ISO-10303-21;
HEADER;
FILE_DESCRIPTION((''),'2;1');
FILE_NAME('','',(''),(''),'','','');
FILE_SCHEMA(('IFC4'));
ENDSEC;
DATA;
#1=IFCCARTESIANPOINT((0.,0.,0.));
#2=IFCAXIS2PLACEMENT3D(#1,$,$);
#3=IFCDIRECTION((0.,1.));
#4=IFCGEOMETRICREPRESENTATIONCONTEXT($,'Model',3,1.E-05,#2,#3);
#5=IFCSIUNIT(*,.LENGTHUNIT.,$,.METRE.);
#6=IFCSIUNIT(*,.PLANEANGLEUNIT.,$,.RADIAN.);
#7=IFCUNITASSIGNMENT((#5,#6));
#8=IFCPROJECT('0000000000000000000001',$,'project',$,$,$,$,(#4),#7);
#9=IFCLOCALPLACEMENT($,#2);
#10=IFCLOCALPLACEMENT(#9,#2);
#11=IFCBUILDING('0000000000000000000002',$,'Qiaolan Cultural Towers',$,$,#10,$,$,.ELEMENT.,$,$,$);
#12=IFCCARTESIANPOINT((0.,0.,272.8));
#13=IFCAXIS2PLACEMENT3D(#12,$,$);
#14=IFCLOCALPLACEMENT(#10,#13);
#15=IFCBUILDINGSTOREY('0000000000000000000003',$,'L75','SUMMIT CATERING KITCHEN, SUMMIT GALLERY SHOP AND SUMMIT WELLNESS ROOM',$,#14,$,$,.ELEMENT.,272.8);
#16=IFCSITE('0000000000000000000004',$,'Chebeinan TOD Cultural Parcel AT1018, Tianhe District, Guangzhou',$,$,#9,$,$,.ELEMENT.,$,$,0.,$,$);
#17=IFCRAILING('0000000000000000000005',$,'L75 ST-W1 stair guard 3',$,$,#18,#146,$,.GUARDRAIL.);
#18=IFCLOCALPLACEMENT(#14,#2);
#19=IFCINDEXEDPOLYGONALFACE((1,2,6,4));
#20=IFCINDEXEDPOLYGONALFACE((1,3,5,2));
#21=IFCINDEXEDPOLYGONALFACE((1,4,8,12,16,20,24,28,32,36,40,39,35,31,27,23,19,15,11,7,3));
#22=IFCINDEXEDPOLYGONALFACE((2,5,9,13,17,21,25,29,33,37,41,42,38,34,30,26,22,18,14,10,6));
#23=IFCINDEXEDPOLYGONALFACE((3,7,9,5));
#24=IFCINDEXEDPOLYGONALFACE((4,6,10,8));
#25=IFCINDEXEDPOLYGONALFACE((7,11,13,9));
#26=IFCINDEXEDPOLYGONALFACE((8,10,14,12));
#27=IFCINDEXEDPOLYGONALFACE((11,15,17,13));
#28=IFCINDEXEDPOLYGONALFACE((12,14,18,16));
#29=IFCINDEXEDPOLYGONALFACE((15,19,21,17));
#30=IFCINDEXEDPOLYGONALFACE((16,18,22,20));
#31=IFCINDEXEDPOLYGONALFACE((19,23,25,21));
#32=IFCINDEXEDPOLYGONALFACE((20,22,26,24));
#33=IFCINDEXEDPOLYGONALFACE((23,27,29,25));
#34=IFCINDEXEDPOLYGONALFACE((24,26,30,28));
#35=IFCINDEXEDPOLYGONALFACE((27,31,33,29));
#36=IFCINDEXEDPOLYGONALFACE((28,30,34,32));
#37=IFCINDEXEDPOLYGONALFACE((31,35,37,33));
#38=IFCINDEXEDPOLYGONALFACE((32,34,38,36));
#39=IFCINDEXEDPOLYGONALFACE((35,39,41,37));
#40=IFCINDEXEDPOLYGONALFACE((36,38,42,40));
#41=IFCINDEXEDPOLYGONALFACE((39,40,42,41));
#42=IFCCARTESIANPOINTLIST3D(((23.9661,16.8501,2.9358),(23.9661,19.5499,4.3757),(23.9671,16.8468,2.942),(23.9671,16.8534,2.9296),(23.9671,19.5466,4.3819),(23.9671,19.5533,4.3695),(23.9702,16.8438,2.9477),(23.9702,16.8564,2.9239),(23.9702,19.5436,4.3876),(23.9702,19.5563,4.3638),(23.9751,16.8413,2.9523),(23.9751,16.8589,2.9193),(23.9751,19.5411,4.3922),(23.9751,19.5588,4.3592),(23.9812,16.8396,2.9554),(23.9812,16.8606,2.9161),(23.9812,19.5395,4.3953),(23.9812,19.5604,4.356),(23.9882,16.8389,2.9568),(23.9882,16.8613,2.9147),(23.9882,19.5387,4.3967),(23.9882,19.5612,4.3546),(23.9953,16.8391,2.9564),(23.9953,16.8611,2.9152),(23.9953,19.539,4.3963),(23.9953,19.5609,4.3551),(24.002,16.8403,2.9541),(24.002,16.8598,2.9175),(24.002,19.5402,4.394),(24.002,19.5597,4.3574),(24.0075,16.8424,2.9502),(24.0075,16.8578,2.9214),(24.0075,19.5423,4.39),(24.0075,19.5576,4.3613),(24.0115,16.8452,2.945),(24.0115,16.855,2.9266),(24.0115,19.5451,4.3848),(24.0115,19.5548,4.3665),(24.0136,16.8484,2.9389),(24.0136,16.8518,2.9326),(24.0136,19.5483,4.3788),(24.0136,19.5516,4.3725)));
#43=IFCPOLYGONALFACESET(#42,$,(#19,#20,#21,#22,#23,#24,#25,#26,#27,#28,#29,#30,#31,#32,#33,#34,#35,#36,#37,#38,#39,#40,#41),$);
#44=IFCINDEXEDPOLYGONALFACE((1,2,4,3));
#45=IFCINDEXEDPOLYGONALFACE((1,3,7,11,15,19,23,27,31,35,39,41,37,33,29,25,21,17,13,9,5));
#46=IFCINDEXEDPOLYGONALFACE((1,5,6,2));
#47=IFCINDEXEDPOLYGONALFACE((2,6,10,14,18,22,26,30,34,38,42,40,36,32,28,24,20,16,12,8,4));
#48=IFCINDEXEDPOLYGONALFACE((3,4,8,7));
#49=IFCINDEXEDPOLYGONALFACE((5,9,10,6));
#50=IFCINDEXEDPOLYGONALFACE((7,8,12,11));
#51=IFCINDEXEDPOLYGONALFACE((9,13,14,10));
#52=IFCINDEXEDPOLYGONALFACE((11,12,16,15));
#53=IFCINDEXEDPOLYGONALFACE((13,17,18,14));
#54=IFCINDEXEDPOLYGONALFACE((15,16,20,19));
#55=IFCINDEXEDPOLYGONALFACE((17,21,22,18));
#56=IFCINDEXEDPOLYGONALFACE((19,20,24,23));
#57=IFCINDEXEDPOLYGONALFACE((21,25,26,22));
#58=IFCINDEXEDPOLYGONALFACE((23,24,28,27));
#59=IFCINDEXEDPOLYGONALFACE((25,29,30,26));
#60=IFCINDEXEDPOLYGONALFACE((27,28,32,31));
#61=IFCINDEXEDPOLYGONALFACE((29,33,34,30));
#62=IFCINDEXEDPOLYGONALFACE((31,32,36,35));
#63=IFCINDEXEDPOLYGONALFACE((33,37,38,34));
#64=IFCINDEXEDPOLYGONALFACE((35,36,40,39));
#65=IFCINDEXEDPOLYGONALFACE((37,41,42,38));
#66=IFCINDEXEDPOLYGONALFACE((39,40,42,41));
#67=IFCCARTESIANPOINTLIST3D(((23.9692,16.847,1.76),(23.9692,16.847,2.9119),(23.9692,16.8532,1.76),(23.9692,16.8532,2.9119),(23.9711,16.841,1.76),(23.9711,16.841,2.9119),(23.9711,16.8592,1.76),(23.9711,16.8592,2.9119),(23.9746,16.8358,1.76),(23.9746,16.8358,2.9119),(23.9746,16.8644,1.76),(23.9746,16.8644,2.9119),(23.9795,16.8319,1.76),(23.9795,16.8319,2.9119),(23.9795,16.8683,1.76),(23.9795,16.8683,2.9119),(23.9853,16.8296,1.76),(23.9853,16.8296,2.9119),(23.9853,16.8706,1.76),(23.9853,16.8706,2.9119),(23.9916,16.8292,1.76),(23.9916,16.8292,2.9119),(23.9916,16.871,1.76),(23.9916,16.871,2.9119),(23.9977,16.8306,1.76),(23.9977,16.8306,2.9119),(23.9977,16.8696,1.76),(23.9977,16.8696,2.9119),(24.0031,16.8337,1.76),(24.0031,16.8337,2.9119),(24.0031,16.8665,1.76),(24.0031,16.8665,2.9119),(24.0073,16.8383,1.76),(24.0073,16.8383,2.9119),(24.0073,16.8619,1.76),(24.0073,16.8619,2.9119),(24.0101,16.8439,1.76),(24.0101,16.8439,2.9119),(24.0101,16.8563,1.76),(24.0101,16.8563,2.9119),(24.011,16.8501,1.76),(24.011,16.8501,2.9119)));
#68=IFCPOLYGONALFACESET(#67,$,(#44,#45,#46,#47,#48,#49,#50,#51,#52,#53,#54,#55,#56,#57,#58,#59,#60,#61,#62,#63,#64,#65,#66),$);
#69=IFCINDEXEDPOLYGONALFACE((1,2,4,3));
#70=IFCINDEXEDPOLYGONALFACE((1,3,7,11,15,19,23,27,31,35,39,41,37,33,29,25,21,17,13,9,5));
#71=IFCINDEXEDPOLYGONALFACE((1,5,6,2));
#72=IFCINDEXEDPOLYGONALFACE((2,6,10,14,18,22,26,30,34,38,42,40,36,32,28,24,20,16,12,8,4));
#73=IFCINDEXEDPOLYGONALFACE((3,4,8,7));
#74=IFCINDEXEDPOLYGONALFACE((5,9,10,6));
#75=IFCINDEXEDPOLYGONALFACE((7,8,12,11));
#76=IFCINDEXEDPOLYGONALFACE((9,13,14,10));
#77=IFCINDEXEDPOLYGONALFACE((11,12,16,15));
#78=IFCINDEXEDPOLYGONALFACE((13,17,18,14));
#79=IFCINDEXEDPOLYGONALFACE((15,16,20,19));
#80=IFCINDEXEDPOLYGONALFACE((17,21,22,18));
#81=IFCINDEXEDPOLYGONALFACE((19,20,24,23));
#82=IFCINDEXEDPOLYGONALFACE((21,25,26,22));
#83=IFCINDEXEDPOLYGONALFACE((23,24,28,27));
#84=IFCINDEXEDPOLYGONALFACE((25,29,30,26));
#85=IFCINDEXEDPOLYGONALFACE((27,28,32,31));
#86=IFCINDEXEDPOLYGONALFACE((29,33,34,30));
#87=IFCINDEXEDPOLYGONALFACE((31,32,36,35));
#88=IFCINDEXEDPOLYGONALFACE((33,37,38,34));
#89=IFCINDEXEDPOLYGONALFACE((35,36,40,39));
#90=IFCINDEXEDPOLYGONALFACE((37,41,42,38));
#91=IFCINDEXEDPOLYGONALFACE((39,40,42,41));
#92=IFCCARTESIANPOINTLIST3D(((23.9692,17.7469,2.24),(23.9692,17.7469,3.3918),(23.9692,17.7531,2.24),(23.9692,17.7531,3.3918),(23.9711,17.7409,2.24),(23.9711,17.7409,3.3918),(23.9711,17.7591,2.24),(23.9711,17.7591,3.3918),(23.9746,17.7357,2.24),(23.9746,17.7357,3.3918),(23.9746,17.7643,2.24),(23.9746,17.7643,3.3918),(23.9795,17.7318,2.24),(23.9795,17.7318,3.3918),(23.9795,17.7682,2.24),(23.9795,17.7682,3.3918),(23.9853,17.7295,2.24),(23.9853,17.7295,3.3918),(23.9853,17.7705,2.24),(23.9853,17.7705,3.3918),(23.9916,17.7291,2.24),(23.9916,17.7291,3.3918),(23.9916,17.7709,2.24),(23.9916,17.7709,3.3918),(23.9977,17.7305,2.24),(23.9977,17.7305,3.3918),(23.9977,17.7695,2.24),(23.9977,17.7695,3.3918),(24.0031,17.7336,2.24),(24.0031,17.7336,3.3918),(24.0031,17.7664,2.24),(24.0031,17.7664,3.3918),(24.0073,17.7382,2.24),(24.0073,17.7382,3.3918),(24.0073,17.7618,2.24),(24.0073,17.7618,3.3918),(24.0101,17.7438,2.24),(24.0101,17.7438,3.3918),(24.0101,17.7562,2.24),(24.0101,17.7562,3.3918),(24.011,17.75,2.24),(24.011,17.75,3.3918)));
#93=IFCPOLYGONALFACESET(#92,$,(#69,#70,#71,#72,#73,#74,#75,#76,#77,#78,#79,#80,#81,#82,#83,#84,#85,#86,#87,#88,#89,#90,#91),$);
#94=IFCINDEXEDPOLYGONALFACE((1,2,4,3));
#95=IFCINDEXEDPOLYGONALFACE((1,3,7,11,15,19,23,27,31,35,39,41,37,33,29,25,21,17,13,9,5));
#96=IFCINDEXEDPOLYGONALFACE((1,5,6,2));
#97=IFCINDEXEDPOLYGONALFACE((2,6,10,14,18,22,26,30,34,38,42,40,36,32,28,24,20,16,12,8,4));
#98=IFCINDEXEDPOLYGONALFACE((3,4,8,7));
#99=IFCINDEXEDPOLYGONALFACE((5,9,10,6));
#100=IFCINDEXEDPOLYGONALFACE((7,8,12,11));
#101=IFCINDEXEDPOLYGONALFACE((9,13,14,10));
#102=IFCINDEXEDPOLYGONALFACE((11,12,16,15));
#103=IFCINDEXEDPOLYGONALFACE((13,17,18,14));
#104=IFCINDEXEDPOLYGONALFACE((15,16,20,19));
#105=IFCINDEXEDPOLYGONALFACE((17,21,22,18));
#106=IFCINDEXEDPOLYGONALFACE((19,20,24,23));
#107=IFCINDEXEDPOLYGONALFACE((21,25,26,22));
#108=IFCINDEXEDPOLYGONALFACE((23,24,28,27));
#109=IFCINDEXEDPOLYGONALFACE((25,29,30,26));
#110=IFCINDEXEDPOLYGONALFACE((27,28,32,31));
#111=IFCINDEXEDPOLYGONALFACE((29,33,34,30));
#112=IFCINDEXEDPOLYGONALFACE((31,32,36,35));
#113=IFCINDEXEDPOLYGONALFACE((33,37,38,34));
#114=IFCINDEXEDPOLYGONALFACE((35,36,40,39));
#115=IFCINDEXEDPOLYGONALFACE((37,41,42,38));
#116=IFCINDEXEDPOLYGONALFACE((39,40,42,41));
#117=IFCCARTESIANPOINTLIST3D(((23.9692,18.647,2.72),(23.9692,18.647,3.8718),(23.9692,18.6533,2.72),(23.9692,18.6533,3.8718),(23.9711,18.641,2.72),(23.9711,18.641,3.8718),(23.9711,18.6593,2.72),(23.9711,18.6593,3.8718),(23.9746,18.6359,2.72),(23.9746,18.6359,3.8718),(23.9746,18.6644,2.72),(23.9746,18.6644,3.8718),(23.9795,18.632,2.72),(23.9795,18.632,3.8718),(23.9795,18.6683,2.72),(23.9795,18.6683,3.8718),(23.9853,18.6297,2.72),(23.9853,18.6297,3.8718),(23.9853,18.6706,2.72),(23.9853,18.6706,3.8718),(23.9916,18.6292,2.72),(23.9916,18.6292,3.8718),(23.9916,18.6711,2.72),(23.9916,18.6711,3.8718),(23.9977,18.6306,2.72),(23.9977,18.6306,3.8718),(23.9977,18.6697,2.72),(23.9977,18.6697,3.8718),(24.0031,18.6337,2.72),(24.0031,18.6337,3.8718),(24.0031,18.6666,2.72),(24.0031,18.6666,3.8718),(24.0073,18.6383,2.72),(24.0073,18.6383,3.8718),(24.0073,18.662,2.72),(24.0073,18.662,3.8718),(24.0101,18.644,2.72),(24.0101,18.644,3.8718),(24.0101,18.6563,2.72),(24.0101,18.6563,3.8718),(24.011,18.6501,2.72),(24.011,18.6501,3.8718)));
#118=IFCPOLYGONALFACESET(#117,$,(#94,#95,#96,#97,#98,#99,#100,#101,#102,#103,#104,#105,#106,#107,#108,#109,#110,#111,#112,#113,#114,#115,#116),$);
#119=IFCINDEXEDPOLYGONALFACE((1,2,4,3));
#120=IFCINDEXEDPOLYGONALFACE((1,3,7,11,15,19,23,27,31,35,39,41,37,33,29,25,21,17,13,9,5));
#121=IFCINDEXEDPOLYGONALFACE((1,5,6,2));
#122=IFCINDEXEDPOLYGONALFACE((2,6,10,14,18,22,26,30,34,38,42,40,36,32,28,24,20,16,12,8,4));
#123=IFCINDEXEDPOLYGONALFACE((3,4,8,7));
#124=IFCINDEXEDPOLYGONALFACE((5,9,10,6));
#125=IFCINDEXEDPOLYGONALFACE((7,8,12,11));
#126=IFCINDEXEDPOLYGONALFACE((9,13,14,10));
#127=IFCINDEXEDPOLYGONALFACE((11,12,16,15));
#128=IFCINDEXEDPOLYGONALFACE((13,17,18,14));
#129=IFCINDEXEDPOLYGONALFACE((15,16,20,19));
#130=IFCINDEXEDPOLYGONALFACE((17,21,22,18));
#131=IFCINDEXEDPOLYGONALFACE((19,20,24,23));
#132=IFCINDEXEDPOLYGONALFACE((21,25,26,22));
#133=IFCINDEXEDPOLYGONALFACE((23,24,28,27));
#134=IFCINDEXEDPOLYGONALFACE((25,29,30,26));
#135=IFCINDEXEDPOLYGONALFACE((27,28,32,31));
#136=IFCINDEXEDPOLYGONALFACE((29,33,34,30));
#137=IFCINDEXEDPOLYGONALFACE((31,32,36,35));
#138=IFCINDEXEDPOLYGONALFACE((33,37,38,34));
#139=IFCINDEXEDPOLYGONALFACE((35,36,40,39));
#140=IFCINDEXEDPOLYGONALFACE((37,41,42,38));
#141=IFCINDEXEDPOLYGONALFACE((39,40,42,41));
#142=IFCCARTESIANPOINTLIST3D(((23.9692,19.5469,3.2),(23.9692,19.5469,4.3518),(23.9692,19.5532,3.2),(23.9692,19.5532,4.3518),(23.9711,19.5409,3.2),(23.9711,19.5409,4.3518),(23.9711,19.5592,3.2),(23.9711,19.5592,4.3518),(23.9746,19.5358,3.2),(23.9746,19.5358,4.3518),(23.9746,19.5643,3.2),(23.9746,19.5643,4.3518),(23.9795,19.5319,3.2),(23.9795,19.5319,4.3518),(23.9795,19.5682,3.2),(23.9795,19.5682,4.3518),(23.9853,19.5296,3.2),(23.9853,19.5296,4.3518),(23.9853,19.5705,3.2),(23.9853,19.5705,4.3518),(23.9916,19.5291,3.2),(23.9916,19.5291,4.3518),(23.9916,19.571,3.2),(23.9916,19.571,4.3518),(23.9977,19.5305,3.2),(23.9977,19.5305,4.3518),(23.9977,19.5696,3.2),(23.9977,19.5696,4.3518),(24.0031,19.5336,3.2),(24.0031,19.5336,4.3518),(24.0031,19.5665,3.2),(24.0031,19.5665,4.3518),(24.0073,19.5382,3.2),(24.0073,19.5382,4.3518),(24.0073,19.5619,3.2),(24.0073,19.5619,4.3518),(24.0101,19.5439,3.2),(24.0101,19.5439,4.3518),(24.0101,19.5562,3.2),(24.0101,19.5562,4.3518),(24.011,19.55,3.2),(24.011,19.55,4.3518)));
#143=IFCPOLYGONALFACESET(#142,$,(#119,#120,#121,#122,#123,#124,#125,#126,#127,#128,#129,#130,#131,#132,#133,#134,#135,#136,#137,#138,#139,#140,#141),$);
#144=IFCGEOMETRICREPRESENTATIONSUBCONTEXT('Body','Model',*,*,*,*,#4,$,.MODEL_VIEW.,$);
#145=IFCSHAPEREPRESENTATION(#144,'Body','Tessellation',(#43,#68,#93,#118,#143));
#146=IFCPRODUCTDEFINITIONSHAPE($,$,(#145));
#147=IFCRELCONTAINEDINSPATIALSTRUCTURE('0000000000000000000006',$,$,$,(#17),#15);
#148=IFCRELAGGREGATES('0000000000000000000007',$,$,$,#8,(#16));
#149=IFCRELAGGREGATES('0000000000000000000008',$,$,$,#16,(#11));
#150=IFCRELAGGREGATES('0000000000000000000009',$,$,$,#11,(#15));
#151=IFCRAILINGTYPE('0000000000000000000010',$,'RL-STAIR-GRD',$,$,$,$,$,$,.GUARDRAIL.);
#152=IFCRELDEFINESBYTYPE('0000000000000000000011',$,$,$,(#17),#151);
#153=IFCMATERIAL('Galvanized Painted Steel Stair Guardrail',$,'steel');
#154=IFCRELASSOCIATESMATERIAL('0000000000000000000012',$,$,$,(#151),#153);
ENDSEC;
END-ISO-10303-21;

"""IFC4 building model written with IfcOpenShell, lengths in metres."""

from ifc_helpers import new_model, si_unit, direction, frame, origin, origin_2d, place, context, subcontext, project, spatial, circle, extrude, material, type_object, element, save


model = new_model("IFC4")

# Units and contexts
model_context = context("Model", 3, precision=1e-05, world=origin(), true_north=direction((0.0, 1.0)))
body_context = subcontext(model_context, "Body", "Model", "MODEL_VIEW")
ifc_project = project(units=[si_unit("LENGTHUNIT", "METRE"), si_unit("PLANEANGLEUNIT", "RADIAN")], contexts=[model_context])

# Site, building, storey
site_placement = place(None, origin())
site = spatial("IfcSite", under=ifc_project, at=site_placement, Name="Chebeinan TOD Cultural Parcel AT1018, Tianhe District, Guangzhou", CompositionType="ELEMENT", RefElevation=0.0)
building_placement = place(site_placement, origin())
building = spatial("IfcBuilding", under=site, at=building_placement, Name="Qiaolan Cultural Towers", CompositionType="ELEMENT")
storey_placement = place(building_placement, frame((0.0, 0.0, 272.8)))
storey = spatial("IfcBuildingStorey", under=building, at=storey_placement, Name="L75", Description="SUMMIT CATERING KITCHEN, SUMMIT GALLERY SHOP AND SUMMIT WELLNESS ROOM", CompositionType="ELEMENT", Elevation=272.8)

# Railing
ifc_material_1 = material(Name="Galvanized Painted Steel Stair Guardrail", Category="steel")
railing_type = type_object("IfcRailingType", Name="RL-STAIR-GRD", PredefinedType="GUARDRAIL", material=ifc_material_1)
railing_1_placement = place(storey_placement, frame((23.99, 16.8501, 1.76)))
element("IfcRailing", 1, at=railing_1_placement, inside=storey, type_object=railing_type, Name="L75 ST-W1 stair guard 3", PredefinedType="GUARDRAIL", context=body_context, shape_type="SweptSolid", body=[
    extrude(circle(Radius=0.0239, at=origin_2d()), frame((0.0, 0.0, 1.1758), z_axis=(0.0, 0.882357, 0.47058), x_axis=(-1.0, 0.0, 0.0)), (0.0, 0.0, 1.0), 3.0598),
    extrude(circle(Radius=0.021, at=origin_2d()), origin(), (0.0, 0.0, 1.0), 1.1519),
    extrude(circle(Radius=0.021, at=origin_2d()), frame((0.0, 0.8999, 0.48)), (0.0, 0.0, 1.0), 1.1519),
    extrude(circle(Radius=0.021, at=origin_2d()), frame((0.0, 1.8, 0.96)), (0.0, 0.0, 1.0), 1.1519),
    extrude(circle(Radius=0.021, at=origin_2d()), frame((0.0, 2.7, 1.4399)), (0.0, 0.0, 1.0), 1.1519),
])

save(model, "model.ifc")
